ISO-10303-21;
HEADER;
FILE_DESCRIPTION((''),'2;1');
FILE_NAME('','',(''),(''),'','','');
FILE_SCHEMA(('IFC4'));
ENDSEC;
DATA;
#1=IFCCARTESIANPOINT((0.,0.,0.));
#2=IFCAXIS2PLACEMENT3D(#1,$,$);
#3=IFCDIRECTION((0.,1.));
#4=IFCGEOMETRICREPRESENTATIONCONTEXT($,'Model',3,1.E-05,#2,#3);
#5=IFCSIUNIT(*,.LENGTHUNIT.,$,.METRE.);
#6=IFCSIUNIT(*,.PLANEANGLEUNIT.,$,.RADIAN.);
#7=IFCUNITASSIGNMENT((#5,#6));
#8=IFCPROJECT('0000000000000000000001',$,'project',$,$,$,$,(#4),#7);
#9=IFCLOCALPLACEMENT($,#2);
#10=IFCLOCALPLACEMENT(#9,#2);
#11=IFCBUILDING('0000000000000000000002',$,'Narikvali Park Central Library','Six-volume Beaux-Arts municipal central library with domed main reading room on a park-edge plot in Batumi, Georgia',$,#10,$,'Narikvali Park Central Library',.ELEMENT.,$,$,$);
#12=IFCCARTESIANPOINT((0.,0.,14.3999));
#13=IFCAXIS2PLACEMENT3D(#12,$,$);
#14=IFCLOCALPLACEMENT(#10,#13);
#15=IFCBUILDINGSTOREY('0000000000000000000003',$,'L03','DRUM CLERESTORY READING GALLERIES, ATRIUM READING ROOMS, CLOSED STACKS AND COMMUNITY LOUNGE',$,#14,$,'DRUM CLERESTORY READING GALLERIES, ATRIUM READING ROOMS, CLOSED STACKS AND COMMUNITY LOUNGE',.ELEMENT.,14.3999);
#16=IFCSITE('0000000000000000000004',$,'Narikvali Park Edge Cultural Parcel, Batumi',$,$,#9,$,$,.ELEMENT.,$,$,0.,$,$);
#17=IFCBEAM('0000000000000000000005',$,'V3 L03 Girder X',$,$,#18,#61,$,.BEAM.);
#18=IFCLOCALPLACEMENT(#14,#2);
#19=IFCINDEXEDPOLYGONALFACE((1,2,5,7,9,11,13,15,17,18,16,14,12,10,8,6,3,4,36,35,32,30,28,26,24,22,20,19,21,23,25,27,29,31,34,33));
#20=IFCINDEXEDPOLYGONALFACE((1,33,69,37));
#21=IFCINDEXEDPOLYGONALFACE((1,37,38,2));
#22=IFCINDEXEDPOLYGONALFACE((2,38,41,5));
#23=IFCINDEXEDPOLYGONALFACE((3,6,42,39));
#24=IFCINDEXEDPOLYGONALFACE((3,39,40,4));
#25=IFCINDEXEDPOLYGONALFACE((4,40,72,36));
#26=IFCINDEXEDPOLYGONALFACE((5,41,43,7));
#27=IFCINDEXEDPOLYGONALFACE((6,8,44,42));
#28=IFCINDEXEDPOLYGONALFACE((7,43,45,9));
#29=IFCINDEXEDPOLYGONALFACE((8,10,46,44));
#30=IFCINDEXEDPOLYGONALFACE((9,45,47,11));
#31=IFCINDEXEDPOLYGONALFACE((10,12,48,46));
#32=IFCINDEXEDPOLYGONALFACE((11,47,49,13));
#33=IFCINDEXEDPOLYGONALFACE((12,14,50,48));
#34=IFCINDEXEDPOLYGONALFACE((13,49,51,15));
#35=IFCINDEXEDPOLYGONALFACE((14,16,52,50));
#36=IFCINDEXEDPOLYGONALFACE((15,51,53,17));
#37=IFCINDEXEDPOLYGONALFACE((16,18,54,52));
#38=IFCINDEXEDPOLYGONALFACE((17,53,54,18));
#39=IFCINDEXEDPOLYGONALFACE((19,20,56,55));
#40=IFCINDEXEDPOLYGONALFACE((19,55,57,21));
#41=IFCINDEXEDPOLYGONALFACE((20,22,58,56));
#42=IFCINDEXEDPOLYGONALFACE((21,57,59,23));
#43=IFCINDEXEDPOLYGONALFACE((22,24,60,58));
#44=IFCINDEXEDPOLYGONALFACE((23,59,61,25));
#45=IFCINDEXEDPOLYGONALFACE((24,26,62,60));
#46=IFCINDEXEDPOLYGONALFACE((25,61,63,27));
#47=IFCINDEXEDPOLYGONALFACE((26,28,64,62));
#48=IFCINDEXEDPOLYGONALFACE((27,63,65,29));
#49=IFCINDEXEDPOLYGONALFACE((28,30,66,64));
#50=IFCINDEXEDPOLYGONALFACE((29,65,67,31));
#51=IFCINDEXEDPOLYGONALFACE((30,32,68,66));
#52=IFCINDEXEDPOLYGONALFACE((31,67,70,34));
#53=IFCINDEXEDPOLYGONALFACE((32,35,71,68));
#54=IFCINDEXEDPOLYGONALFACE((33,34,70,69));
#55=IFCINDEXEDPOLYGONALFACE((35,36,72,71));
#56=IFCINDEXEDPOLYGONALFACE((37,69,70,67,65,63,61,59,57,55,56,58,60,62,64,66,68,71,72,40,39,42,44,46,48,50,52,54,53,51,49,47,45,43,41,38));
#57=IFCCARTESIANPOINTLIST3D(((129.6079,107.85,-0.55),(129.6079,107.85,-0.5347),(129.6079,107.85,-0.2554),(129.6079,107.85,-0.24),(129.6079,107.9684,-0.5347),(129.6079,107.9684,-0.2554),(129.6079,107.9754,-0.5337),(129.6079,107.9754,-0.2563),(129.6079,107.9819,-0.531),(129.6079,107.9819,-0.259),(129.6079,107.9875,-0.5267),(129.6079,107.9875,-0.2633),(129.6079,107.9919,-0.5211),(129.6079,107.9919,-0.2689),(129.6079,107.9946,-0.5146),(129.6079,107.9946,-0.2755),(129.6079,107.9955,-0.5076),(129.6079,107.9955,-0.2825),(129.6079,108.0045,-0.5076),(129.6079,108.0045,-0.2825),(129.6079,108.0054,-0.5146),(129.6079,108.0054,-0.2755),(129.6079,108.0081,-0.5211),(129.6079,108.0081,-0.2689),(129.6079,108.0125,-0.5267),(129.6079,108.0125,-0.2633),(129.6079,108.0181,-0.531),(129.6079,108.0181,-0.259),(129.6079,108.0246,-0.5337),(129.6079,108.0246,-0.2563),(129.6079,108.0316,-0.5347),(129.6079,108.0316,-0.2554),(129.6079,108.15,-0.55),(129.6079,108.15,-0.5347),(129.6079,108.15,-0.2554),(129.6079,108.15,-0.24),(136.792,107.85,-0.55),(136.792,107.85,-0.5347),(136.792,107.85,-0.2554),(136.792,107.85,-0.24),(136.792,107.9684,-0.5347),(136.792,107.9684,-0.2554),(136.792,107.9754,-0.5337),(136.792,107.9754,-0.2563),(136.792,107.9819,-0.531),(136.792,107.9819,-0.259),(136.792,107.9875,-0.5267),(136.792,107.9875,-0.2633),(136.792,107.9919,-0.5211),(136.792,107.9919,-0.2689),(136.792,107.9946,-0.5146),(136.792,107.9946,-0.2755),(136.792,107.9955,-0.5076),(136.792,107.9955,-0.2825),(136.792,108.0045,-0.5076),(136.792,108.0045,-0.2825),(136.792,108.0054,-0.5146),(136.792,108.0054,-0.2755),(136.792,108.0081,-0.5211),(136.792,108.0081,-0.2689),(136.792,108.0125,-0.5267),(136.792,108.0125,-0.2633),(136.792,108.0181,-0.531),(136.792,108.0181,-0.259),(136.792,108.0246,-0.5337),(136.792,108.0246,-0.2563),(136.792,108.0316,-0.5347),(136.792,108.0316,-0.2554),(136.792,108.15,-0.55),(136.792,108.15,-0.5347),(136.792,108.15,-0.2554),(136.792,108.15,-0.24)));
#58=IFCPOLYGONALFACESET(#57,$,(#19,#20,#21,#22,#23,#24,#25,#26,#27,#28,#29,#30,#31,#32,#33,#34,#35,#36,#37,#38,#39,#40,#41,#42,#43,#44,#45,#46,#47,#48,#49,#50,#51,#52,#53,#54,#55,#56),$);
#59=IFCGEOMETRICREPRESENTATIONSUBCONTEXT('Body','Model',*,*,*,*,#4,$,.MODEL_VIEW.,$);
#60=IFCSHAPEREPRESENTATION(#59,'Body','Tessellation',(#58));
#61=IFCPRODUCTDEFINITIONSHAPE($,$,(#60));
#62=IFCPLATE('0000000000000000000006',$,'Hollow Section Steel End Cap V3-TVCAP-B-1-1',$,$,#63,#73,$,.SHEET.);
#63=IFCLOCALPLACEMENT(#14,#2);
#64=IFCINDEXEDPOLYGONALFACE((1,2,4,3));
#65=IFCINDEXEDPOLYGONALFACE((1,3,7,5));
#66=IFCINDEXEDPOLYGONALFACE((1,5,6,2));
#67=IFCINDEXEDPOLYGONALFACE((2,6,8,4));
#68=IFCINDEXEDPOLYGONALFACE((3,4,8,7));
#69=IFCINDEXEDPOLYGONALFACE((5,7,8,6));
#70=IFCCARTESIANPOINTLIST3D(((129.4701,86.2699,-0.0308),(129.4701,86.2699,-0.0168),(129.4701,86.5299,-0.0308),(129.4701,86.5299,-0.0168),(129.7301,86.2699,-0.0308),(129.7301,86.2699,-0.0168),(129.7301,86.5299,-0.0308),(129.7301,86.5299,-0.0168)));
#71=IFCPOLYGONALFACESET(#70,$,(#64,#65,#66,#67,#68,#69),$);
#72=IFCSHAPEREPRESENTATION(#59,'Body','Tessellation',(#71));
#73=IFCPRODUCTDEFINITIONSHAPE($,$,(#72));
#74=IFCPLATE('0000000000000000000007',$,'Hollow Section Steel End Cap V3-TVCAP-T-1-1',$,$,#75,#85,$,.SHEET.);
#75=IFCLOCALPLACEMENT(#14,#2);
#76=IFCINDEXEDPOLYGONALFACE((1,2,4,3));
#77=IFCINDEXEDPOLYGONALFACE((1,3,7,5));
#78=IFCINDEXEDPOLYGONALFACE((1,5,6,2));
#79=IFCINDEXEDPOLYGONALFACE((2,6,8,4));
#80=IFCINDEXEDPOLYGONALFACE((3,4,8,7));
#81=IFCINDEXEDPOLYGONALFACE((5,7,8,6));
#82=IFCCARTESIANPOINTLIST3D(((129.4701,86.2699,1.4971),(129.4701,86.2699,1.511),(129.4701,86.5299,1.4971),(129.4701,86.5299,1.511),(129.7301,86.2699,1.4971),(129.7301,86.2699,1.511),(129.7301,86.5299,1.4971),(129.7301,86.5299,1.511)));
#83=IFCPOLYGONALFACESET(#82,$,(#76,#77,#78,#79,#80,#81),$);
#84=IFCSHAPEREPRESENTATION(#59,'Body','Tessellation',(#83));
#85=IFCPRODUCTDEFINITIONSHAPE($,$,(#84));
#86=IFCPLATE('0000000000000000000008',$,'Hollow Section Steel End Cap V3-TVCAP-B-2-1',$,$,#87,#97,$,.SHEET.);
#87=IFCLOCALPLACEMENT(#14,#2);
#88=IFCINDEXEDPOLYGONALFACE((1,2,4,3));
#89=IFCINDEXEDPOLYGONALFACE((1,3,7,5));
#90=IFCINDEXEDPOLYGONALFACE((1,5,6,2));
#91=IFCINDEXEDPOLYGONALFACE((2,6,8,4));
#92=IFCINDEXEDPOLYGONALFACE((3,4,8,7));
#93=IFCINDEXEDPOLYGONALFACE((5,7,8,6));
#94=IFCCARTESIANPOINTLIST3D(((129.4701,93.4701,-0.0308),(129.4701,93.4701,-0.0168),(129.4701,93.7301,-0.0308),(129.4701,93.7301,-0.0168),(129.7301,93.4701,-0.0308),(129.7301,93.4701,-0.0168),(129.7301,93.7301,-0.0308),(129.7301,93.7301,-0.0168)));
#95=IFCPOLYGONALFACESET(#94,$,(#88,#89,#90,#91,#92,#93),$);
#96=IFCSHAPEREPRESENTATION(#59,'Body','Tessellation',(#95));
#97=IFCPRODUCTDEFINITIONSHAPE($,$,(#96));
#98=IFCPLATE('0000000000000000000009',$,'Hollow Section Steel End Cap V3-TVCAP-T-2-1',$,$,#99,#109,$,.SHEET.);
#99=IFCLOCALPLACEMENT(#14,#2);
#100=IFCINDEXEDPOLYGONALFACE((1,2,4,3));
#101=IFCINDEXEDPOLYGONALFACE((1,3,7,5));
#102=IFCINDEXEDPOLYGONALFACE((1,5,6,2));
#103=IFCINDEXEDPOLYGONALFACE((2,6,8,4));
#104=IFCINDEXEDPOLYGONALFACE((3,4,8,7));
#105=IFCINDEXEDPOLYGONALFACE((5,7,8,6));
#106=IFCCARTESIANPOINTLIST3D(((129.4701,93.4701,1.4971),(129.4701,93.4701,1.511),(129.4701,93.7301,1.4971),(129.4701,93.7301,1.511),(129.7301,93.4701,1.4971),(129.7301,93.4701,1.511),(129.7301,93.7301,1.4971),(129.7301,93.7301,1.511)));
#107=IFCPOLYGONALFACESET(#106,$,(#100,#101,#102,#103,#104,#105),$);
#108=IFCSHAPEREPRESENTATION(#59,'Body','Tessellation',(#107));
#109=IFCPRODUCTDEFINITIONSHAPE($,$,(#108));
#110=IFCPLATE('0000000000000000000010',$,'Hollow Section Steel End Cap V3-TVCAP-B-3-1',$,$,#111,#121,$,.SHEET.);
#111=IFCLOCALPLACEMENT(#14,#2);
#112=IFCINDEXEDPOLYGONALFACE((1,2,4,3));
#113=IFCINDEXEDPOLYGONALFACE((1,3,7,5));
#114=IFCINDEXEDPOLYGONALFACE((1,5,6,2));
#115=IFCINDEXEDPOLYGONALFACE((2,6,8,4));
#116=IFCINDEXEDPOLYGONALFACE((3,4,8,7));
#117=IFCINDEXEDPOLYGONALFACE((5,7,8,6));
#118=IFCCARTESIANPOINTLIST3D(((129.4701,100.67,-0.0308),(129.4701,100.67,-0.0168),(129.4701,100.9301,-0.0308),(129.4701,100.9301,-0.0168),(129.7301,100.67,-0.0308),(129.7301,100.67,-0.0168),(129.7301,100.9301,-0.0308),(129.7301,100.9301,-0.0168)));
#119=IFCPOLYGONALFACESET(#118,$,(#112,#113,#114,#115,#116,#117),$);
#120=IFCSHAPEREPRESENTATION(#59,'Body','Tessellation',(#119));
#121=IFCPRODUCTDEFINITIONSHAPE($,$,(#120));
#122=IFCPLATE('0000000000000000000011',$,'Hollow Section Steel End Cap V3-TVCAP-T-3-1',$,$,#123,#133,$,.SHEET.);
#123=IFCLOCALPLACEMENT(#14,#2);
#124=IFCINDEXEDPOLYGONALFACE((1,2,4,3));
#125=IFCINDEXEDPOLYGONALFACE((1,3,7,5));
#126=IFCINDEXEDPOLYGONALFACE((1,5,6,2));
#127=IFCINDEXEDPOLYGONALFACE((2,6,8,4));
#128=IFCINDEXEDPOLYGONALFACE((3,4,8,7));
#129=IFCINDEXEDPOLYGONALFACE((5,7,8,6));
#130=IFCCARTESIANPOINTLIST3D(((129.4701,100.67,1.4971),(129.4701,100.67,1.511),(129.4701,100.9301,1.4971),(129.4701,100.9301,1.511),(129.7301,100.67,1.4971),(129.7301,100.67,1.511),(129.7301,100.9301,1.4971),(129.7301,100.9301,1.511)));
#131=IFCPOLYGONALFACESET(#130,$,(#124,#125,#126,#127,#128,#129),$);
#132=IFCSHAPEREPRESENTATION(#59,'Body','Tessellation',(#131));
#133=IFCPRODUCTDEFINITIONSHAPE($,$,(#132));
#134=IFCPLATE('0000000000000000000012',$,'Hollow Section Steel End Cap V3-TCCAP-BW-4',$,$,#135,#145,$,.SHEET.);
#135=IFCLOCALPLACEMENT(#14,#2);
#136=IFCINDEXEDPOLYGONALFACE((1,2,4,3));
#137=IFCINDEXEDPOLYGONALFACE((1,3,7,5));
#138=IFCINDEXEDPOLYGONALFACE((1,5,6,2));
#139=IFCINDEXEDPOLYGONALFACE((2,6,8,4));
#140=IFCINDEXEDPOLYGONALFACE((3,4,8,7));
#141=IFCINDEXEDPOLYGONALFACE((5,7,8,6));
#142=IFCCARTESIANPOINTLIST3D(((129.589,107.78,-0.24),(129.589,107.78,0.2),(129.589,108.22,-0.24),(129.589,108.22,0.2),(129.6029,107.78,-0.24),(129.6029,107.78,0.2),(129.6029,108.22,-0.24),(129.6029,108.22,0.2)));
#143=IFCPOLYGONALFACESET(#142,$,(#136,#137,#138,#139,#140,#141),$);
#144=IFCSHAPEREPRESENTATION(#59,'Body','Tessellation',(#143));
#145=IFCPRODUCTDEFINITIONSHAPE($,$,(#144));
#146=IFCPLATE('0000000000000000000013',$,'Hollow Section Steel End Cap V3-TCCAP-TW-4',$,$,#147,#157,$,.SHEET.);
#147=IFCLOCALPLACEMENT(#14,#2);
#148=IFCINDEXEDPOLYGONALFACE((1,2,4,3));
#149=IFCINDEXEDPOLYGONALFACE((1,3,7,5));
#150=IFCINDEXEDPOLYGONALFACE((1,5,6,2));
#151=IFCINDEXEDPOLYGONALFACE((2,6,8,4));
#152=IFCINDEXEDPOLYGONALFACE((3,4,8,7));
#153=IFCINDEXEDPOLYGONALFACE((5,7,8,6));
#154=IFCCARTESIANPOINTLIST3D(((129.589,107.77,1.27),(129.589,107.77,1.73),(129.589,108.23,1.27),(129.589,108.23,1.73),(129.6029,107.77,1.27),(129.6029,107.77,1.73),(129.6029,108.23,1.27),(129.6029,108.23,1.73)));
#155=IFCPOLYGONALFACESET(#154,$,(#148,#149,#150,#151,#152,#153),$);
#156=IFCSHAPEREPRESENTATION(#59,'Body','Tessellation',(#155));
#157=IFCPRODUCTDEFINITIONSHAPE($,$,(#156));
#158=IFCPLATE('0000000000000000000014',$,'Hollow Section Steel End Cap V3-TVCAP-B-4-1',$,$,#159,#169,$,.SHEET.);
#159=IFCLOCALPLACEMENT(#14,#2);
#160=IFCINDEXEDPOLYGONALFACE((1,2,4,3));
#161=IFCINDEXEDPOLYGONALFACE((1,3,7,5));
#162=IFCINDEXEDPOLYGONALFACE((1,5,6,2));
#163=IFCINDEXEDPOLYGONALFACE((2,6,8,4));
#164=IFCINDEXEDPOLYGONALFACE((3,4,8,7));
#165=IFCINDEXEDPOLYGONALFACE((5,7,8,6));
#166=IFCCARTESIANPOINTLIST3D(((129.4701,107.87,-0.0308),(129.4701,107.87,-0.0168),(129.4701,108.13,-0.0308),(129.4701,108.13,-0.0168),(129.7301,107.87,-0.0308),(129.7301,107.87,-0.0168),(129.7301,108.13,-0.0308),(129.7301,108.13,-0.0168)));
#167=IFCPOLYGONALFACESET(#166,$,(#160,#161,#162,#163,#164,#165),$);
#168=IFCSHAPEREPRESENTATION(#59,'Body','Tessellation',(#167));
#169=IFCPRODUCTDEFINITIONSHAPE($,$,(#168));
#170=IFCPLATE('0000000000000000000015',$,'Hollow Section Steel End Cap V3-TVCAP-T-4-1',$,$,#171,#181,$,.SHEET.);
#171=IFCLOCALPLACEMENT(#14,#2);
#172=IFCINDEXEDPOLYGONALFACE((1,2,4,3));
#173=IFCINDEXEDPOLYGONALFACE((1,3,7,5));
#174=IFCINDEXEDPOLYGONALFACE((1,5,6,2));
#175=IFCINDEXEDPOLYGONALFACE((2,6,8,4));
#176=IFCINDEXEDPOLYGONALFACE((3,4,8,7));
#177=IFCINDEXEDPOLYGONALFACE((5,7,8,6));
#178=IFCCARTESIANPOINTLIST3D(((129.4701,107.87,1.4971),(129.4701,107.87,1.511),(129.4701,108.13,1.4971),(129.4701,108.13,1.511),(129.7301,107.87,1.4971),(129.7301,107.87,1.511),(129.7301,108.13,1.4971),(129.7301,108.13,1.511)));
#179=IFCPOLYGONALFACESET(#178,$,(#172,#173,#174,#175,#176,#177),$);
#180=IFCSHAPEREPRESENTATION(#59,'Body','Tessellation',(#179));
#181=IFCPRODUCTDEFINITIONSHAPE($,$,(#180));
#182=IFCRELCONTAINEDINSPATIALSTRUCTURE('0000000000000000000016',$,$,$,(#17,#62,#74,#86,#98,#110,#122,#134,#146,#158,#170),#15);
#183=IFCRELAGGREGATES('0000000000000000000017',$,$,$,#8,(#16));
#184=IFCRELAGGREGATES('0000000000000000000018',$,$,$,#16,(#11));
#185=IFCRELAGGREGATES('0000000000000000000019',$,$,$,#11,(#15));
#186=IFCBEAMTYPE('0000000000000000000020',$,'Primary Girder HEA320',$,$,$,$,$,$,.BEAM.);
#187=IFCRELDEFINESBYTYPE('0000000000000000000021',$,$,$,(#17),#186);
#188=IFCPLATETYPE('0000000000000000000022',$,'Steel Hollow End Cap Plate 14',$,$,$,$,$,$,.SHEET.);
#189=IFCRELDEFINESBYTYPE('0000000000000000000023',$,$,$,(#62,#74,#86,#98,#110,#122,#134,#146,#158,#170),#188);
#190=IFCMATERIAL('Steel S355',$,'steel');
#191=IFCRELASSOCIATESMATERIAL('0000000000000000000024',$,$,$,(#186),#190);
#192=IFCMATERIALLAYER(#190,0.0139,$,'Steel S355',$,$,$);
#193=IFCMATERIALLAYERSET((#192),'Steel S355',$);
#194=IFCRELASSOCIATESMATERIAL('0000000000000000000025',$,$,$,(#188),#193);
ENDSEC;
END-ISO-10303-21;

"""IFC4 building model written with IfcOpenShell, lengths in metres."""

from ifc_helpers import new_model, si_unit, direction, frame, origin, origin_2d, place, context, subcontext, project, spatial, rectangle, i_section, extrude, material, layer, layer_set, material_profile, profile_set, type_object, element, save


model = new_model("IFC4")

# Units and contexts
model_context = context("Model", 3, precision=1e-05, world=origin(), true_north=direction((0.0, 1.0)))
body_context = subcontext(model_context, "Body", "Model", "MODEL_VIEW")
ifc_project = project(units=[si_unit("LENGTHUNIT", "METRE"), si_unit("PLANEANGLEUNIT", "RADIAN")], contexts=[model_context])

# Site, building, storey
site_placement = place(None, origin())
site = spatial("IfcSite", under=ifc_project, at=site_placement, Name="Narikvali Park Edge Cultural Parcel, Batumi", CompositionType="ELEMENT", RefElevation=0.0)
building_placement = place(site_placement, origin())
building = spatial("IfcBuilding", under=site, at=building_placement, Name="Narikvali Park Central Library", Description="Six-volume Beaux-Arts municipal central library with domed main reading room on a park-edge plot in Batumi, Georgia", LongName="Narikvali Park Central Library", CompositionType="ELEMENT")
storey_placement = place(building_placement, frame((0.0, 0.0, 14.3999)))
storey = spatial("IfcBuildingStorey", under=building, at=storey_placement, Name="L03", Description="DRUM CLERESTORY READING GALLERIES, ATRIUM READING ROOMS, CLOSED STACKS AND COMMUNITY LOUNGE", LongName="DRUM CLERESTORY READING GALLERIES, ATRIUM READING ROOMS, CLOSED STACKS AND COMMUNITY LOUNGE", CompositionType="ELEMENT", Elevation=14.3999)

# Shared definitions
ifc_material = material(Name="Steel S355", Category="steel")

# Beam
ifc_material_profile_1 = material_profile(ifc_material, i_section(OverallWidth=0.3, OverallDepth=0.3101, WebThickness=0.009, FlangeThickness=0.0154, FilletRadius=0.0271, at=origin_2d()), Name="HEA 320")
ifc_profile_set_1 = profile_set([ifc_material_profile_1], Name="Steel S355")
beam_type_1 = type_object("IfcBeamType", Name="Primary Girder HEA320", PredefinedType="BEAM", material=ifc_profile_set_1)
for number, where, z_axis, x_axis, name in (
    (1, (129.6079, 108.0, -0.395), (1.0, 0.0, 0.0), (0.0, 1.0, 0.0), "V3 L03 Girder X"),
):
    element("IfcBeam", number, at=place(storey_placement, frame(where, z_axis=z_axis, x_axis=x_axis)), inside=storey, type_object=beam_type_1, Name=name, PredefinedType="BEAM", context=body_context, shape_type="SweptSolid", body=[
        extrude(i_section(OverallWidth=0.3, OverallDepth=0.3101, WebThickness=0.009, FlangeThickness=0.0154, FilletRadius=0.0271, at=origin_2d()), origin(), (0.0, 0.0, 1.0), 7.1841),
    ])

# Plates
ifc_layer = layer(ifc_material, 0.0139, Name="Steel S355")
ifc_layer_set = layer_set([ifc_layer], Name="Steel S355")
plate_type = type_object("IfcPlateType", Name="Steel Hollow End Cap Plate 14", PredefinedType="SHEET", material=ifc_layer_set)
for number, where, z_axis, x_axis, name in (
    (2, (129.6001, 86.3999, -0.0308), (0.0, 0.0, 1.0), (1.0, 0.0, 0.0), "Hollow Section Steel End Cap V3-TVCAP-B-1-1"),
    (3, (129.6001, 86.3999, 1.4971), (0.0, 0.0, 1.0), (1.0, 0.0, 0.0), "Hollow Section Steel End Cap V3-TVCAP-T-1-1"),
    (4, (129.6001, 93.6001, -0.0308), (0.0, 0.0, 1.0), (1.0, 0.0, 0.0), "Hollow Section Steel End Cap V3-TVCAP-B-2-1"),
    (5, (129.6001, 93.6001, 1.4971), (0.0, 0.0, 1.0), (1.0, 0.0, 0.0), "Hollow Section Steel End Cap V3-TVCAP-T-2-1"),
    (6, (129.6001, 100.8, -0.0308), (0.0, 0.0, 1.0), (1.0, 0.0, 0.0), "Hollow Section Steel End Cap V3-TVCAP-B-3-1"),
    (7, (129.6001, 100.8, 1.4971), (0.0, 0.0, 1.0), (1.0, 0.0, 0.0), "Hollow Section Steel End Cap V3-TVCAP-T-3-1"),
):
    element("IfcPlate", number, at=place(storey_placement, frame(where, z_axis=z_axis, x_axis=x_axis)), inside=storey, type_object=plate_type, Name=name, PredefinedType="SHEET", context=body_context, shape_type="SweptSolid", body=[
        extrude(rectangle(XDim=0.26, YDim=0.26, at=origin_2d()), origin(), (0.0, 0.0, 1.0), 0.0139),
    ])
plate_1_placement = place(storey_placement, frame((129.5959, 108.0, -0.24), z_axis=(0.0, 0.0, 1.0), x_axis=(-1.0, 0.0, 0.0)))
element("IfcPlate", 8, at=plate_1_placement, inside=storey, type_object=plate_type, Name="Hollow Section Steel End Cap V3-TCCAP-BW-4", PredefinedType="SHEET", context=body_context, shape_type="SweptSolid", body=[
    extrude(rectangle(XDim=0.0139, YDim=0.4399, at=origin_2d()), origin(), (0.0, 0.0, 1.0), 0.4399),
])
plate_2_placement = place(storey_placement, frame((129.5959, 108.0, 1.27), z_axis=(0.0, 0.0, 1.0), x_axis=(-1.0, 0.0, 0.0)))
element("IfcPlate", 9, at=plate_2_placement, inside=storey, type_object=plate_type, Name="Hollow Section Steel End Cap V3-TCCAP-TW-4", PredefinedType="SHEET", context=body_context, shape_type="SweptSolid", body=[
    extrude(rectangle(XDim=0.0139, YDim=0.46, at=origin_2d()), origin(), (0.0, 0.0, 1.0), 0.46),
])
for number, where, z_axis, x_axis, name in (
    (10, (129.6001, 108.0, -0.0308), (0.0, 0.0, 1.0), (1.0, 0.0, 0.0), "Hollow Section Steel End Cap V3-TVCAP-B-4-1"),
    (11, (129.6001, 108.0, 1.4971), (0.0, 0.0, 1.0), (1.0, 0.0, 0.0), "Hollow Section Steel End Cap V3-TVCAP-T-4-1"),
):
    element("IfcPlate", number, at=place(storey_placement, frame(where, z_axis=z_axis, x_axis=x_axis)), inside=storey, type_object=plate_type, Name=name, PredefinedType="SHEET", context=body_context, shape_type="SweptSolid", body=[
        extrude(rectangle(XDim=0.26, YDim=0.26, at=origin_2d()), origin(), (0.0, 0.0, 1.0), 0.0139),
    ])

save(model, "model.ifc")
